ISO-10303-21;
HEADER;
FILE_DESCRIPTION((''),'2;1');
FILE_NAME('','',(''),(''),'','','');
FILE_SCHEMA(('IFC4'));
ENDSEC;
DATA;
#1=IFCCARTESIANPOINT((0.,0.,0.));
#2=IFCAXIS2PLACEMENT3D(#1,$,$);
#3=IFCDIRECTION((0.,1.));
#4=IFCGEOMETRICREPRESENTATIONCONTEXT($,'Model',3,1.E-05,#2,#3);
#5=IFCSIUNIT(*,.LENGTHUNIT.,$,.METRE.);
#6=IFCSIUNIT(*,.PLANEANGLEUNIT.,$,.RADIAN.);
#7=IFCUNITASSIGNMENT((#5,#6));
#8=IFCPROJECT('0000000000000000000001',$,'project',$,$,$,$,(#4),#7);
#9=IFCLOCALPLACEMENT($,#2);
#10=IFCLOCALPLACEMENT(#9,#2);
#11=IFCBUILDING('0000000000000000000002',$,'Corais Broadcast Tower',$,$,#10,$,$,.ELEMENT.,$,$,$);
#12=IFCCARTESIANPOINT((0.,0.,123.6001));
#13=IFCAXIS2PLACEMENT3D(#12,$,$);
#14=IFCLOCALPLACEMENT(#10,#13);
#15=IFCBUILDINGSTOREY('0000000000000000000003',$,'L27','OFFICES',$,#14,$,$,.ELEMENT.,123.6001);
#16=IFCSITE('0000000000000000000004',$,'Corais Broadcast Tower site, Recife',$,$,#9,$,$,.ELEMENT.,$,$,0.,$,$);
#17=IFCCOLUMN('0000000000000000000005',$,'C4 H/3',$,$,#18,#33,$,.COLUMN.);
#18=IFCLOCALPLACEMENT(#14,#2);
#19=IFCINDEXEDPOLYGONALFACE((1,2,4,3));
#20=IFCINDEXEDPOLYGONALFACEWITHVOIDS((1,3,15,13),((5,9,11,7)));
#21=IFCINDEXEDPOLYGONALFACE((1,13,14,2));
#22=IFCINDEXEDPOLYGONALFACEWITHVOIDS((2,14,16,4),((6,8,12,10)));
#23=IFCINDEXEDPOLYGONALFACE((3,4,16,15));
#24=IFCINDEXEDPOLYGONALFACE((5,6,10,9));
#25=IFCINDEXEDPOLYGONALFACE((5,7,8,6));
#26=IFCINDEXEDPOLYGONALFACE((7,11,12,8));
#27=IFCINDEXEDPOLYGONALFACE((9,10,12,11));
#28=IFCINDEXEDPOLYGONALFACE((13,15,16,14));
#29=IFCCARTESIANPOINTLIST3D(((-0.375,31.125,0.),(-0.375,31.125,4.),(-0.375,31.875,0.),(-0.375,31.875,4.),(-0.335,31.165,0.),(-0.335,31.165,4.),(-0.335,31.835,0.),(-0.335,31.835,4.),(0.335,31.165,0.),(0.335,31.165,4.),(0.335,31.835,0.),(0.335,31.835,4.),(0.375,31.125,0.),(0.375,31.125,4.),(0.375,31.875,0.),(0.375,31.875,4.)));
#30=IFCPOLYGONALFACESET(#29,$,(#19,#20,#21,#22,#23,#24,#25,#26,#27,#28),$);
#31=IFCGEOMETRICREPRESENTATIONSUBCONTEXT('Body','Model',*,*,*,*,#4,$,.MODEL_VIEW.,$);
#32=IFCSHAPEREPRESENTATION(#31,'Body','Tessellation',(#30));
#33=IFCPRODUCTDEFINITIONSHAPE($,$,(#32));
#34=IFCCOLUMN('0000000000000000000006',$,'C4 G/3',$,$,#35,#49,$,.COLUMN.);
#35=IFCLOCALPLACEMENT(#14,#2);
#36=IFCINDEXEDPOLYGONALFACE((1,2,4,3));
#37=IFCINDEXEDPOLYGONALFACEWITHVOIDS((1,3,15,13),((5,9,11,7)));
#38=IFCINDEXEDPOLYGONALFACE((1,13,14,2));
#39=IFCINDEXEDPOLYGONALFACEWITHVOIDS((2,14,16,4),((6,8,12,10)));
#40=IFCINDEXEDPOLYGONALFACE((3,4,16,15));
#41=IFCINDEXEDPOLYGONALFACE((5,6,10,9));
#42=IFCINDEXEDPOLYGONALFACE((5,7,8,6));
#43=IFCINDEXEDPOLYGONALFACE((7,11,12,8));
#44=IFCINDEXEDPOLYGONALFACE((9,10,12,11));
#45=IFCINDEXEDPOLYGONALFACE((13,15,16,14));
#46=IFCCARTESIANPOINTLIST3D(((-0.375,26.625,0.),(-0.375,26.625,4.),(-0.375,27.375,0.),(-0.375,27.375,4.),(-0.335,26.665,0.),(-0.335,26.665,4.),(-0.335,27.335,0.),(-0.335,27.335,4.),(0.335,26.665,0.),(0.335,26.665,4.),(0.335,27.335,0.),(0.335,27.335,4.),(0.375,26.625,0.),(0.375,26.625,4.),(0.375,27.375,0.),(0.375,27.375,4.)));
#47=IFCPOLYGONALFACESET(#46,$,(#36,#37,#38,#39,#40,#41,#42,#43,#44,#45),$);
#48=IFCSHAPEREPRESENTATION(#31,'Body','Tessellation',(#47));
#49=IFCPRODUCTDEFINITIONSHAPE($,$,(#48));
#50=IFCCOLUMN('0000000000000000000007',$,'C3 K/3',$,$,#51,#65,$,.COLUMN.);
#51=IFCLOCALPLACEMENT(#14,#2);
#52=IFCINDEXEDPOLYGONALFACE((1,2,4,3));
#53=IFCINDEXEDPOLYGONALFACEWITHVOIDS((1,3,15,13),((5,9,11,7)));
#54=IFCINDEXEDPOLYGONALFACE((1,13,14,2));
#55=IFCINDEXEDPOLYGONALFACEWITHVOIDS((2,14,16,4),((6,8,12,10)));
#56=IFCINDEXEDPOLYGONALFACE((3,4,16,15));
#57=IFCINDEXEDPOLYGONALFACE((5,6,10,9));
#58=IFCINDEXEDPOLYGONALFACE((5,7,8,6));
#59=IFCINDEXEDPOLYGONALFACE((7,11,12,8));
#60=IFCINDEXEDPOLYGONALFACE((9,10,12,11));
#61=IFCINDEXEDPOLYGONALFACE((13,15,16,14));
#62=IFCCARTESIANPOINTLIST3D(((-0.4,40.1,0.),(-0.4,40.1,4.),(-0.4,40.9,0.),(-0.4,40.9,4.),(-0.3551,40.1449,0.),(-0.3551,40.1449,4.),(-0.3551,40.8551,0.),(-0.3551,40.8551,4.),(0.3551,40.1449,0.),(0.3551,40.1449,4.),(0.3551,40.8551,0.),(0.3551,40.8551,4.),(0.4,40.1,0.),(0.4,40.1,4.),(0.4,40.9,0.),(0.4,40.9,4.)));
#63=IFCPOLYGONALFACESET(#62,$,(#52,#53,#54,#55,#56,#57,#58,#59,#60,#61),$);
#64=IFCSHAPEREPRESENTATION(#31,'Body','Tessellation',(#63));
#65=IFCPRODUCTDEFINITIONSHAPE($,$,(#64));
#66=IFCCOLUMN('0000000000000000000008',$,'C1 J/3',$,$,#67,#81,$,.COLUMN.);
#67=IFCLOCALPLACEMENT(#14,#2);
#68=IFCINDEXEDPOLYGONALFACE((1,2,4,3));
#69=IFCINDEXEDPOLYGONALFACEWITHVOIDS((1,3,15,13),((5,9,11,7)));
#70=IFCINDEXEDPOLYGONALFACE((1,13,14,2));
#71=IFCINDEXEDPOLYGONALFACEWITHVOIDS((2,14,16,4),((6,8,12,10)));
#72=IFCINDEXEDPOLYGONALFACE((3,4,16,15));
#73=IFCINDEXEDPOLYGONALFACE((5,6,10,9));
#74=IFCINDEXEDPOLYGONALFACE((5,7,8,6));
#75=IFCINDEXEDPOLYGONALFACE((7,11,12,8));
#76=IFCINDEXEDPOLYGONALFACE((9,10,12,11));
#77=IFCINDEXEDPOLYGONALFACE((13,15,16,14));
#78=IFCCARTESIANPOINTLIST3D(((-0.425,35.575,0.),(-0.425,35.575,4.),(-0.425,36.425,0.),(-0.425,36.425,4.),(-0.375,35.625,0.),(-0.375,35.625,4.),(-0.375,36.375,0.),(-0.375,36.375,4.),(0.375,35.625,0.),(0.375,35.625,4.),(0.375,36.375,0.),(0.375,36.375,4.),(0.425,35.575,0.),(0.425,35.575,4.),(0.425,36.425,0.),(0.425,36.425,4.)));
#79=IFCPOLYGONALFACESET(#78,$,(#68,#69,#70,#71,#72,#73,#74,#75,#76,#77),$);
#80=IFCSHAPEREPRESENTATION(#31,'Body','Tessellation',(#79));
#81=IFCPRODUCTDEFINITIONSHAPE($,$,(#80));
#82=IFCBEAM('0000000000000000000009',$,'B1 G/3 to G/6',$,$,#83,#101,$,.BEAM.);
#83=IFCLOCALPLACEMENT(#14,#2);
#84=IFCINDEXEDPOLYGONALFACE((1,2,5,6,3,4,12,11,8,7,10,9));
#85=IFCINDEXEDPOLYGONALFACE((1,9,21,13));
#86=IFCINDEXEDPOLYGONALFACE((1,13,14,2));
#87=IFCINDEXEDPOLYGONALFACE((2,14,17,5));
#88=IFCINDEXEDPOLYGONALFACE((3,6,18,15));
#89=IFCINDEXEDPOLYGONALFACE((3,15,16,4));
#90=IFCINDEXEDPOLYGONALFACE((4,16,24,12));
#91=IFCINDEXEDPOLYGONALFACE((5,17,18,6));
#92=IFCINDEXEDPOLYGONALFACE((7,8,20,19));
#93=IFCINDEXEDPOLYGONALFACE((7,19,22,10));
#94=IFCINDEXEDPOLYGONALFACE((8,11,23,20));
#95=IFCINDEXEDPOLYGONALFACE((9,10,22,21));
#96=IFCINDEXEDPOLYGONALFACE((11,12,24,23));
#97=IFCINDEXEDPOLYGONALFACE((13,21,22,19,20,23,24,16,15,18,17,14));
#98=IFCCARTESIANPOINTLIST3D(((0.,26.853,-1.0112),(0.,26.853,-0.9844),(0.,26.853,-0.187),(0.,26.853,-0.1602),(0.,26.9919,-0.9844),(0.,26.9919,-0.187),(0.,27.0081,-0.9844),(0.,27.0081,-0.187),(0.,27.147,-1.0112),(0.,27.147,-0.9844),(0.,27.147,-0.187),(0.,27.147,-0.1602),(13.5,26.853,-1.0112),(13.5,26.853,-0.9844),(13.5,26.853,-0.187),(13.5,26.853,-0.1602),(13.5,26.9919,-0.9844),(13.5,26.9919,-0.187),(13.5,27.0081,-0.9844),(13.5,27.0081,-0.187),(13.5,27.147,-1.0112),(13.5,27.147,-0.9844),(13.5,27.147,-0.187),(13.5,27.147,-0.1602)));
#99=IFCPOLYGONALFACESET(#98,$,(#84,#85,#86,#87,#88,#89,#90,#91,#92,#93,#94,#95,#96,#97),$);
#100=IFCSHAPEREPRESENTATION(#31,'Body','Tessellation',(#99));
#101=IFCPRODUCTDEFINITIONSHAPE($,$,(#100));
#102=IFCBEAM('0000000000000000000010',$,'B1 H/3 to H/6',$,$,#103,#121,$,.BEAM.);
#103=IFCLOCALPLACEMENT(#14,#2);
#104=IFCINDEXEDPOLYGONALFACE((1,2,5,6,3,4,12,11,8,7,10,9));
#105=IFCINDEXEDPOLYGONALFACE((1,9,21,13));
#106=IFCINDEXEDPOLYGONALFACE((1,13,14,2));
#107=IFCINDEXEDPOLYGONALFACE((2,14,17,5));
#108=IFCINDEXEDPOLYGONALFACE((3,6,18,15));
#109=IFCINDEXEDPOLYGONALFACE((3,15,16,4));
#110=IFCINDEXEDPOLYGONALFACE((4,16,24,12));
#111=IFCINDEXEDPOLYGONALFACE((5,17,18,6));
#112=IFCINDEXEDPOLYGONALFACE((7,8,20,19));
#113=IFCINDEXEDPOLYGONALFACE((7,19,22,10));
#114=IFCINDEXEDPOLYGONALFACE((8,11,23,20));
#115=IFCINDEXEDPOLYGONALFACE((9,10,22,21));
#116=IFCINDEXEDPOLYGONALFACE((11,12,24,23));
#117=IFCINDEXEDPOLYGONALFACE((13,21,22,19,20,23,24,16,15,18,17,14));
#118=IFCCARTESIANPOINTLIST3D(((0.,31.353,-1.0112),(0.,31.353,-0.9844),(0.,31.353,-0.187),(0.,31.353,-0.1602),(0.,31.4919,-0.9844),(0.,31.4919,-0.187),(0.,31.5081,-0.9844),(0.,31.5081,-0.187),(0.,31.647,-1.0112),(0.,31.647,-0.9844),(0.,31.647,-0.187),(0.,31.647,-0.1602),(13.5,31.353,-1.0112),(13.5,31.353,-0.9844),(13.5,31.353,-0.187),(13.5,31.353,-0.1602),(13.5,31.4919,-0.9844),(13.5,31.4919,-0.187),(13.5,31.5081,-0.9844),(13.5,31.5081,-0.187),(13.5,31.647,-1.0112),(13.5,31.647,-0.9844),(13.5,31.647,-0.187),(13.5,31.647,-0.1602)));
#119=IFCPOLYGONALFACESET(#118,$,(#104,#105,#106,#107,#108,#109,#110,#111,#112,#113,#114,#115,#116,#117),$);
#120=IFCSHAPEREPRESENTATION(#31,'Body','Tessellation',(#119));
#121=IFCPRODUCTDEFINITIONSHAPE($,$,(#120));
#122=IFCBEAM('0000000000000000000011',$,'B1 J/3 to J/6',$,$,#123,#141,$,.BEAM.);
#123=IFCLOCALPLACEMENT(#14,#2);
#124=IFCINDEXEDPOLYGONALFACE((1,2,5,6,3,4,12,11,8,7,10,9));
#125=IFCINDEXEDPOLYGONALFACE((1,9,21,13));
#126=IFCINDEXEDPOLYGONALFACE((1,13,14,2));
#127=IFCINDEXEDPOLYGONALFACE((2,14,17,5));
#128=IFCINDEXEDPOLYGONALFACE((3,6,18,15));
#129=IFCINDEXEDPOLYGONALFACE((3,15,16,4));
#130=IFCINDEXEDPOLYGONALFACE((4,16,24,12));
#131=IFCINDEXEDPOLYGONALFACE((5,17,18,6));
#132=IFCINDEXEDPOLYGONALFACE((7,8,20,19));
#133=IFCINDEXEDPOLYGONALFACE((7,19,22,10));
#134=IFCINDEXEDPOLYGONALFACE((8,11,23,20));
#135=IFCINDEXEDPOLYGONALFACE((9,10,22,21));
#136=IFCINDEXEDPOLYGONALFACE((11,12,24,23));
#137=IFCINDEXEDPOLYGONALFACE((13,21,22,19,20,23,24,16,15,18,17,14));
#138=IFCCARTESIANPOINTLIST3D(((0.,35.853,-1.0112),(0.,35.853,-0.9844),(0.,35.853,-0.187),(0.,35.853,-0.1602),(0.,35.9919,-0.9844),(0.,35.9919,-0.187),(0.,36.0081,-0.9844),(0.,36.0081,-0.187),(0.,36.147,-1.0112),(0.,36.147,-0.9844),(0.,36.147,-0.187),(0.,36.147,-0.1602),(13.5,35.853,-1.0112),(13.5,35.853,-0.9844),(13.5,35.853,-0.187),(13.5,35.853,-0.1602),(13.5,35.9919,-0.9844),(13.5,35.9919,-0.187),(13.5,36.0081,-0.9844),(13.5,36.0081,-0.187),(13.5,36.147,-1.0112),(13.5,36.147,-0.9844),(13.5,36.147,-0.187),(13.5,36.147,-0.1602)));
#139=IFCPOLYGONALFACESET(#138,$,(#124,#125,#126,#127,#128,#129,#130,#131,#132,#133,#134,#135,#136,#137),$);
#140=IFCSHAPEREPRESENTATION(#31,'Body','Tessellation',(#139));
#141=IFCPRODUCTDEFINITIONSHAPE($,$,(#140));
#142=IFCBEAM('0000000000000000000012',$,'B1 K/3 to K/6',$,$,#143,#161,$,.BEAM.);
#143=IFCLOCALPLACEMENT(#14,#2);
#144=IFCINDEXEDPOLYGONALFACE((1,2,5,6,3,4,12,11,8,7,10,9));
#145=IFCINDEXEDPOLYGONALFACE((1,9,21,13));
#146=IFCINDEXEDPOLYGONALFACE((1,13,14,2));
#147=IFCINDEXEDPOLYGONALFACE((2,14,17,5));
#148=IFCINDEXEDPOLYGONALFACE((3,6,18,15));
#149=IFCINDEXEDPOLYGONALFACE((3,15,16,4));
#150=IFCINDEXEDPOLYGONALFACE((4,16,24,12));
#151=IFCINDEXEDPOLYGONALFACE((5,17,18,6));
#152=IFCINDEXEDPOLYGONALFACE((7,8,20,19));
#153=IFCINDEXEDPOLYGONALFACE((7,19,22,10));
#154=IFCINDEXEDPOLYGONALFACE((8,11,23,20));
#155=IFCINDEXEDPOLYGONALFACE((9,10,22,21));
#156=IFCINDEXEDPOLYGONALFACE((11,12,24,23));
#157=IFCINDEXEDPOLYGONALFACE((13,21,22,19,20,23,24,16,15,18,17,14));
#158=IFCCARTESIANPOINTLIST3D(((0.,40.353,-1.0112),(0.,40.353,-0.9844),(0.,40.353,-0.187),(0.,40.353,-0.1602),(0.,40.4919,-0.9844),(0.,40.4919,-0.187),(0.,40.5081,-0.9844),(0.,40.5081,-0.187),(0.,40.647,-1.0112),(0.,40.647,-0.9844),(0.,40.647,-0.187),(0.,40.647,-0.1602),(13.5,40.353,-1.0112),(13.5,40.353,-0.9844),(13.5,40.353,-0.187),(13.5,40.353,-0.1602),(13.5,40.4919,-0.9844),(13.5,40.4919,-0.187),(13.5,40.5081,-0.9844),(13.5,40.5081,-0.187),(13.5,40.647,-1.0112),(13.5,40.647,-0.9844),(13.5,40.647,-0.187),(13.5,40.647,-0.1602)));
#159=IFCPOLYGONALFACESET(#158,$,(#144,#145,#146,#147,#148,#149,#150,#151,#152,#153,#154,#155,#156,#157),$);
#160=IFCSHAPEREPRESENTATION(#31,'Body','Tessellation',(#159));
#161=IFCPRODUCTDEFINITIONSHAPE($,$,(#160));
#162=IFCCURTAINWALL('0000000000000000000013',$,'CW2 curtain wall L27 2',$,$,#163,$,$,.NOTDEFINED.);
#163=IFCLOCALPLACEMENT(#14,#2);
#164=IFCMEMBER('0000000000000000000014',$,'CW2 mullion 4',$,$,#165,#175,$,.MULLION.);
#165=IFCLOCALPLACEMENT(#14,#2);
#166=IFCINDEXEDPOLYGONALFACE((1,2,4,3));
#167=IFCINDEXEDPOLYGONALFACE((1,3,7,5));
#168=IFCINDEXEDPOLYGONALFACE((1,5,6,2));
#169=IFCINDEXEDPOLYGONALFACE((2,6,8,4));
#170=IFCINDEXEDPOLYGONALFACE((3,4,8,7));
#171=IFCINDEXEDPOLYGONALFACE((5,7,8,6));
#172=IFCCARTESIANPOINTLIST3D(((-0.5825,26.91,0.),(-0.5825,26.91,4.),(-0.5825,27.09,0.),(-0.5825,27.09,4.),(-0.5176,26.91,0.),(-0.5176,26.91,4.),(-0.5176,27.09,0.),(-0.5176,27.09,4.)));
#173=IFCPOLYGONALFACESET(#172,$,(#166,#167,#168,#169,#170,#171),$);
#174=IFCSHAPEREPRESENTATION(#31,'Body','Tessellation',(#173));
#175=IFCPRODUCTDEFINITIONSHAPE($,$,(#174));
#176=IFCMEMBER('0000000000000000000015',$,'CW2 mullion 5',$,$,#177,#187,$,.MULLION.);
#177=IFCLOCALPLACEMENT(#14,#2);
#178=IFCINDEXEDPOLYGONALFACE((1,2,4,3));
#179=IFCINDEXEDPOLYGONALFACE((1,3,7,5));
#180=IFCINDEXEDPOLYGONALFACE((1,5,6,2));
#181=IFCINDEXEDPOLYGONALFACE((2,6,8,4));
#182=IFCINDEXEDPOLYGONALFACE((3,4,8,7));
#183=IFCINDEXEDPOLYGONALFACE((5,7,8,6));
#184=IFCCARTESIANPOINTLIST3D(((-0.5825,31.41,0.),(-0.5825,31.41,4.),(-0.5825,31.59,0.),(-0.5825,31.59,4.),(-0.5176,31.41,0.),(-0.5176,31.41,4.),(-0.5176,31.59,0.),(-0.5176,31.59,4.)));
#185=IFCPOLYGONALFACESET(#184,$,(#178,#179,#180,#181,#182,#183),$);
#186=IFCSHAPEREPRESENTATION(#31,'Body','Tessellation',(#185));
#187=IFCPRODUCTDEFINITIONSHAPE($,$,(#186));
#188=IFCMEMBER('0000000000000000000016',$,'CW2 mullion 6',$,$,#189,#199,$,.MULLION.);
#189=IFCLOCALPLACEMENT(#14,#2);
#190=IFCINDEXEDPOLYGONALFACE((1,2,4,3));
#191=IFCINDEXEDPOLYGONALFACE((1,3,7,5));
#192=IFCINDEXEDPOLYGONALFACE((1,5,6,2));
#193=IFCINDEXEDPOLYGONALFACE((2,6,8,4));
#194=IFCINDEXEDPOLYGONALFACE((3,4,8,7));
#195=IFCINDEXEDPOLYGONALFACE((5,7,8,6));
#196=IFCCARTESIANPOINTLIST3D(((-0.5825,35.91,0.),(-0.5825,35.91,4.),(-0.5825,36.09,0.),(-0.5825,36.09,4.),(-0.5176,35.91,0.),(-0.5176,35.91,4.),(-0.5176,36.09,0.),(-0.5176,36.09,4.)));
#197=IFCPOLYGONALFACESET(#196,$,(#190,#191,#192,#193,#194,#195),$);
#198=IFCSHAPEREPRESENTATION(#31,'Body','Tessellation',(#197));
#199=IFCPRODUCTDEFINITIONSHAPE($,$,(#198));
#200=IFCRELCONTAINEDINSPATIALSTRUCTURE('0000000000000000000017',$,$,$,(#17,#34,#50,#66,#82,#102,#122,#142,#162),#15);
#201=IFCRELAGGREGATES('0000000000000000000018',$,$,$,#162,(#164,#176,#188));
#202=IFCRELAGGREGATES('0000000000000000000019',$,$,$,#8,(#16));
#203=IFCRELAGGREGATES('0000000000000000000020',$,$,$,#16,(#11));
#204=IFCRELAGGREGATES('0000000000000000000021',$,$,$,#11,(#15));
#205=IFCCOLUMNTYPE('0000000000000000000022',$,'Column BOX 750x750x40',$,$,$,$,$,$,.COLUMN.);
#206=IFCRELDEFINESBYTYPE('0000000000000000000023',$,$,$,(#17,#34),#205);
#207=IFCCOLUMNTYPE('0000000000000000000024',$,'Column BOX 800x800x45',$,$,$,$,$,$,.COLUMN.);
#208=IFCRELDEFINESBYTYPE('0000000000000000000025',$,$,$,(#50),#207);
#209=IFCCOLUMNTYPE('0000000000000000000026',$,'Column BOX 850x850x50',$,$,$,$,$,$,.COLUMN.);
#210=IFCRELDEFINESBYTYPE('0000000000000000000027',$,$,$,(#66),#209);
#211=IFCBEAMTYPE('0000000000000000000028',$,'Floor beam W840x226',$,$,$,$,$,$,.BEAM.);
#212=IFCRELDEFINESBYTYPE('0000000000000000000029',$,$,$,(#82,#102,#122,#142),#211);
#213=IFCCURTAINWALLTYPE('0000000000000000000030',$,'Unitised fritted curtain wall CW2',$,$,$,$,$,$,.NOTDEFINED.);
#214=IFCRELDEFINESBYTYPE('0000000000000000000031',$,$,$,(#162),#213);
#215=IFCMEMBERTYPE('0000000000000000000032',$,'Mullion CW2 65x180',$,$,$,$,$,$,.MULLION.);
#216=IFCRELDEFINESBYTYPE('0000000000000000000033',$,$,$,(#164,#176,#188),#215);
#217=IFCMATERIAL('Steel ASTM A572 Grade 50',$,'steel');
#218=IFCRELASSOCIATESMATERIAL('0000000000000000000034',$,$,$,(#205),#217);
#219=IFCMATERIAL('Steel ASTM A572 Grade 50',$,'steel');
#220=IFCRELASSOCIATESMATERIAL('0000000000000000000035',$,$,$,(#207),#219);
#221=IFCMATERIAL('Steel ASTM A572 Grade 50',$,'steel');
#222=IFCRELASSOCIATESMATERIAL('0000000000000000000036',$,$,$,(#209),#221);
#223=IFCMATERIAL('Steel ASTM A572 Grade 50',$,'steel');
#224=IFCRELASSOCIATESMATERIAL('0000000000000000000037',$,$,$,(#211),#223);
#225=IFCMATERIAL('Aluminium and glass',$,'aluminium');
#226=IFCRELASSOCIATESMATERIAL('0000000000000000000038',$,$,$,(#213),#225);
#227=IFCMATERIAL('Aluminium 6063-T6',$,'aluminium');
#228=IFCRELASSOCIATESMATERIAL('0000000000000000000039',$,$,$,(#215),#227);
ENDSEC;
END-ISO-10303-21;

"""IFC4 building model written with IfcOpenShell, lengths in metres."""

from ifc_helpers import new_model, si_unit, direction, frame, origin, origin_2d, place, context, subcontext, project, spatial, rectangle, hollow_rectangle, i_section, extrude, material, material_profile, profile_set, type_object, element, aggregate, save


model = new_model("IFC4")

# Units and contexts
model_context = context("Model", 3, precision=1e-05, world=origin(), true_north=direction((0.0, 1.0)))
body_context = subcontext(model_context, "Body", "Model", "MODEL_VIEW")
ifc_project = project(units=[si_unit("LENGTHUNIT", "METRE"), si_unit("PLANEANGLEUNIT", "RADIAN")], contexts=[model_context])

# Site, building, storey
site_placement = place(None, origin())
site = spatial("IfcSite", under=ifc_project, at=site_placement, Name="Corais Broadcast Tower site, Recife", CompositionType="ELEMENT", RefElevation=0.0)
building_placement = place(site_placement, origin())
building = spatial("IfcBuilding", under=site, at=building_placement, Name="Corais Broadcast Tower", CompositionType="ELEMENT")
storey_placement = place(building_placement, frame((0.0, 0.0, 123.6001)))
storey = spatial("IfcBuildingStorey", under=building, at=storey_placement, Name="L27", Description="OFFICES", CompositionType="ELEMENT", Elevation=123.6001)

# Columns
ifc_material_1 = material(Name="Steel ASTM A572 Grade 50", Category="steel")
ifc_material_profile_1 = material_profile(ifc_material_1, hollow_rectangle(XDim=0.75, YDim=0.75, WallThickness=0.04, at=origin_2d()), Name="BOX 750x750x40")
ifc_profile_set_1 = profile_set([ifc_material_profile_1], Name="Steel ASTM A572 Grade 50")
column_type_1 = type_object("IfcColumnType", Name="Column BOX 750x750x40", PredefinedType="COLUMN", material=ifc_profile_set_1)
for number, where, z_axis, x_axis, name in (
    (1, (0.0, 31.5, 0.0), (0.0, 0.0, 1.0), (1.0, 0.0, 0.0), "C4 H/3"),
    (2, (0.0, 27.0, 0.0), (0.0, 0.0, 1.0), (1.0, 0.0, 0.0), "C4 G/3"),
):
    element("IfcColumn", number, at=place(storey_placement, frame(where, z_axis=z_axis, x_axis=x_axis)), inside=storey, type_object=column_type_1, Name=name, PredefinedType="COLUMN", context=body_context, shape_type="SweptSolid", body=[
        extrude(hollow_rectangle(XDim=0.75, YDim=0.75, WallThickness=0.04, at=origin_2d()), origin(), (0.0, 0.0, 1.0), 4.0),
    ])
ifc_material_2 = material(Name="Steel ASTM A572 Grade 50", Category="steel")
ifc_material_profile_2 = material_profile(ifc_material_2, hollow_rectangle(XDim=0.8, YDim=0.8, WallThickness=0.0449, at=origin_2d()), Name="BOX 800x800x45")
ifc_profile_set_2 = profile_set([ifc_material_profile_2], Name="Steel ASTM A572 Grade 50")
column_type_2 = type_object("IfcColumnType", Name="Column BOX 800x800x45", PredefinedType="COLUMN", material=ifc_profile_set_2)
column_1_placement = place(storey_placement, frame((0.0, 40.5, 0.0), z_axis=(0.0, 0.0, 1.0), x_axis=(1.0, 0.0, 0.0)))
element("IfcColumn", 3, at=column_1_placement, inside=storey, type_object=column_type_2, Name="C3 K/3", PredefinedType="COLUMN", context=body_context, shape_type="SweptSolid", body=[
    extrude(hollow_rectangle(XDim=0.8, YDim=0.8, WallThickness=0.0449, at=origin_2d()), origin(), (0.0, 0.0, 1.0), 4.0),
])
ifc_material_3 = material(Name="Steel ASTM A572 Grade 50", Category="steel")
ifc_material_profile_3 = material_profile(ifc_material_3, hollow_rectangle(XDim=0.8501, YDim=0.8501, WallThickness=0.05, at=origin_2d()), Name="BOX 850x850x50")
ifc_profile_set_3 = profile_set([ifc_material_profile_3], Name="Steel ASTM A572 Grade 50")
column_type_3 = type_object("IfcColumnType", Name="Column BOX 850x850x50", PredefinedType="COLUMN", material=ifc_profile_set_3)
column_2_placement = place(storey_placement, frame((0.0, 36.0, 0.0), z_axis=(0.0, 0.0, 1.0), x_axis=(1.0, 0.0, 0.0)))
element("IfcColumn", 4, at=column_2_placement, inside=storey, type_object=column_type_3, Name="C1 J/3", PredefinedType="COLUMN", context=body_context, shape_type="SweptSolid", body=[
    extrude(hollow_rectangle(XDim=0.8501, YDim=0.8501, WallThickness=0.05, at=origin_2d()), origin(), (0.0, 0.0, 1.0), 4.0),
])

# Beams
ifc_material_4 = material(Name="Steel ASTM A572 Grade 50", Category="steel")
ifc_material_profile_4 = material_profile(ifc_material_4, i_section(OverallWidth=0.2939, OverallDepth=0.8511, WebThickness=0.0161, FlangeThickness=0.0269, at=origin_2d()), Name="W840x226")
ifc_profile_set_4 = profile_set([ifc_material_profile_4], Name="Steel ASTM A572 Grade 50")
beam_type_1 = type_object("IfcBeamType", Name="Floor beam W840x226", PredefinedType="BEAM", material=ifc_profile_set_4)
for number, where, z_axis, x_axis, name in (
    (5, (0.0, 27.0, -0.5857), (1.0, 0.0, 0.0), (0.0, 1.0, 0.0), "B1 G/3 to G/6"),
    (6, (0.0, 31.5, -0.5857), (1.0, 0.0, 0.0), (0.0, 1.0, 0.0), "B1 H/3 to H/6"),
    (7, (0.0, 36.0, -0.5857), (1.0, 0.0, 0.0), (0.0, 1.0, 0.0), "B1 J/3 to J/6"),
    (8, (0.0, 40.5, -0.5857), (1.0, 0.0, 0.0), (0.0, 1.0, 0.0), "B1 K/3 to K/6"),
):
    element("IfcBeam", number, at=place(storey_placement, frame(where, z_axis=z_axis, x_axis=x_axis)), inside=storey, type_object=beam_type_1, Name=name, PredefinedType="BEAM", context=body_context, shape_type="SweptSolid", body=[
        extrude(i_section(OverallWidth=0.2939, OverallDepth=0.8511, WebThickness=0.0161, FlangeThickness=0.0269, at=origin_2d()), origin(), (0.0, 0.0, 1.0), 13.5),
    ])

# Curtain wall, members
ifc_material_5 = material(Name="Aluminium and glass", Category="aluminium")
curtain_wall_type = type_object("IfcCurtainWallType", Name="Unitised fritted curtain wall CW2", PredefinedType="NOTDEFINED", material=ifc_material_5)
curtain_wall_placement = place(storey_placement, origin())
curtain_wall = element("IfcCurtainWall", 9, at=curtain_wall_placement, inside=storey, type_object=curtain_wall_type, Name="CW2 curtain wall L27 2", PredefinedType="NOTDEFINED")
ifc_material_6 = material(Name="Aluminium 6063-T6", Category="aluminium")
ifc_material_profile_5 = material_profile(ifc_material_6, rectangle(XDim=0.0649, YDim=0.1799, at=origin_2d()), Name="Mullion CW2 65x180")
ifc_profile_set_5 = profile_set([ifc_material_profile_5], Name="Aluminium 6063-T6")
member_type_1 = type_object("IfcMemberType", Name="Mullion CW2 65x180", PredefinedType="MULLION", material=ifc_profile_set_5)
member_1_placement = place(storey_placement, frame((-0.55, 27.0, 0.0), z_axis=(0.0, 0.0, 1.0), x_axis=(-1.0, 0.0, 0.0)))
member_1 = element("IfcMember", 10, at=member_1_placement, type_object=member_type_1, Name="CW2 mullion 4", PredefinedType="MULLION", context=body_context, shape_type="SweptSolid", body=[
    extrude(rectangle(XDim=0.0649, YDim=0.1799, at=origin_2d()), origin(), (0.0, 0.0, 1.0), 4.0),
])
member_2_placement = place(storey_placement, frame((-0.55, 31.5, 0.0), z_axis=(0.0, 0.0, 1.0), x_axis=(-1.0, 0.0, 0.0)))
member_2 = element("IfcMember", 11, at=member_2_placement, type_object=member_type_1, Name="CW2 mullion 5", PredefinedType="MULLION", context=body_context, shape_type="SweptSolid", body=[
    extrude(rectangle(XDim=0.0649, YDim=0.1799, at=origin_2d()), origin(), (0.0, 0.0, 1.0), 4.0),
])
member_3_placement = place(storey_placement, frame((-0.55, 36.0, 0.0), z_axis=(0.0, 0.0, 1.0), x_axis=(-1.0, 0.0, 0.0)))
member_3 = element("IfcMember", 12, at=member_3_placement, type_object=member_type_1, Name="CW2 mullion 6", PredefinedType="MULLION", context=body_context, shape_type="SweptSolid", body=[
    extrude(rectangle(XDim=0.0649, YDim=0.1799, at=origin_2d()), origin(), (0.0, 0.0, 1.0), 4.0),
])

aggregate(curtain_wall, [member_1, member_2, member_3])

save(model, "model.ifc")
